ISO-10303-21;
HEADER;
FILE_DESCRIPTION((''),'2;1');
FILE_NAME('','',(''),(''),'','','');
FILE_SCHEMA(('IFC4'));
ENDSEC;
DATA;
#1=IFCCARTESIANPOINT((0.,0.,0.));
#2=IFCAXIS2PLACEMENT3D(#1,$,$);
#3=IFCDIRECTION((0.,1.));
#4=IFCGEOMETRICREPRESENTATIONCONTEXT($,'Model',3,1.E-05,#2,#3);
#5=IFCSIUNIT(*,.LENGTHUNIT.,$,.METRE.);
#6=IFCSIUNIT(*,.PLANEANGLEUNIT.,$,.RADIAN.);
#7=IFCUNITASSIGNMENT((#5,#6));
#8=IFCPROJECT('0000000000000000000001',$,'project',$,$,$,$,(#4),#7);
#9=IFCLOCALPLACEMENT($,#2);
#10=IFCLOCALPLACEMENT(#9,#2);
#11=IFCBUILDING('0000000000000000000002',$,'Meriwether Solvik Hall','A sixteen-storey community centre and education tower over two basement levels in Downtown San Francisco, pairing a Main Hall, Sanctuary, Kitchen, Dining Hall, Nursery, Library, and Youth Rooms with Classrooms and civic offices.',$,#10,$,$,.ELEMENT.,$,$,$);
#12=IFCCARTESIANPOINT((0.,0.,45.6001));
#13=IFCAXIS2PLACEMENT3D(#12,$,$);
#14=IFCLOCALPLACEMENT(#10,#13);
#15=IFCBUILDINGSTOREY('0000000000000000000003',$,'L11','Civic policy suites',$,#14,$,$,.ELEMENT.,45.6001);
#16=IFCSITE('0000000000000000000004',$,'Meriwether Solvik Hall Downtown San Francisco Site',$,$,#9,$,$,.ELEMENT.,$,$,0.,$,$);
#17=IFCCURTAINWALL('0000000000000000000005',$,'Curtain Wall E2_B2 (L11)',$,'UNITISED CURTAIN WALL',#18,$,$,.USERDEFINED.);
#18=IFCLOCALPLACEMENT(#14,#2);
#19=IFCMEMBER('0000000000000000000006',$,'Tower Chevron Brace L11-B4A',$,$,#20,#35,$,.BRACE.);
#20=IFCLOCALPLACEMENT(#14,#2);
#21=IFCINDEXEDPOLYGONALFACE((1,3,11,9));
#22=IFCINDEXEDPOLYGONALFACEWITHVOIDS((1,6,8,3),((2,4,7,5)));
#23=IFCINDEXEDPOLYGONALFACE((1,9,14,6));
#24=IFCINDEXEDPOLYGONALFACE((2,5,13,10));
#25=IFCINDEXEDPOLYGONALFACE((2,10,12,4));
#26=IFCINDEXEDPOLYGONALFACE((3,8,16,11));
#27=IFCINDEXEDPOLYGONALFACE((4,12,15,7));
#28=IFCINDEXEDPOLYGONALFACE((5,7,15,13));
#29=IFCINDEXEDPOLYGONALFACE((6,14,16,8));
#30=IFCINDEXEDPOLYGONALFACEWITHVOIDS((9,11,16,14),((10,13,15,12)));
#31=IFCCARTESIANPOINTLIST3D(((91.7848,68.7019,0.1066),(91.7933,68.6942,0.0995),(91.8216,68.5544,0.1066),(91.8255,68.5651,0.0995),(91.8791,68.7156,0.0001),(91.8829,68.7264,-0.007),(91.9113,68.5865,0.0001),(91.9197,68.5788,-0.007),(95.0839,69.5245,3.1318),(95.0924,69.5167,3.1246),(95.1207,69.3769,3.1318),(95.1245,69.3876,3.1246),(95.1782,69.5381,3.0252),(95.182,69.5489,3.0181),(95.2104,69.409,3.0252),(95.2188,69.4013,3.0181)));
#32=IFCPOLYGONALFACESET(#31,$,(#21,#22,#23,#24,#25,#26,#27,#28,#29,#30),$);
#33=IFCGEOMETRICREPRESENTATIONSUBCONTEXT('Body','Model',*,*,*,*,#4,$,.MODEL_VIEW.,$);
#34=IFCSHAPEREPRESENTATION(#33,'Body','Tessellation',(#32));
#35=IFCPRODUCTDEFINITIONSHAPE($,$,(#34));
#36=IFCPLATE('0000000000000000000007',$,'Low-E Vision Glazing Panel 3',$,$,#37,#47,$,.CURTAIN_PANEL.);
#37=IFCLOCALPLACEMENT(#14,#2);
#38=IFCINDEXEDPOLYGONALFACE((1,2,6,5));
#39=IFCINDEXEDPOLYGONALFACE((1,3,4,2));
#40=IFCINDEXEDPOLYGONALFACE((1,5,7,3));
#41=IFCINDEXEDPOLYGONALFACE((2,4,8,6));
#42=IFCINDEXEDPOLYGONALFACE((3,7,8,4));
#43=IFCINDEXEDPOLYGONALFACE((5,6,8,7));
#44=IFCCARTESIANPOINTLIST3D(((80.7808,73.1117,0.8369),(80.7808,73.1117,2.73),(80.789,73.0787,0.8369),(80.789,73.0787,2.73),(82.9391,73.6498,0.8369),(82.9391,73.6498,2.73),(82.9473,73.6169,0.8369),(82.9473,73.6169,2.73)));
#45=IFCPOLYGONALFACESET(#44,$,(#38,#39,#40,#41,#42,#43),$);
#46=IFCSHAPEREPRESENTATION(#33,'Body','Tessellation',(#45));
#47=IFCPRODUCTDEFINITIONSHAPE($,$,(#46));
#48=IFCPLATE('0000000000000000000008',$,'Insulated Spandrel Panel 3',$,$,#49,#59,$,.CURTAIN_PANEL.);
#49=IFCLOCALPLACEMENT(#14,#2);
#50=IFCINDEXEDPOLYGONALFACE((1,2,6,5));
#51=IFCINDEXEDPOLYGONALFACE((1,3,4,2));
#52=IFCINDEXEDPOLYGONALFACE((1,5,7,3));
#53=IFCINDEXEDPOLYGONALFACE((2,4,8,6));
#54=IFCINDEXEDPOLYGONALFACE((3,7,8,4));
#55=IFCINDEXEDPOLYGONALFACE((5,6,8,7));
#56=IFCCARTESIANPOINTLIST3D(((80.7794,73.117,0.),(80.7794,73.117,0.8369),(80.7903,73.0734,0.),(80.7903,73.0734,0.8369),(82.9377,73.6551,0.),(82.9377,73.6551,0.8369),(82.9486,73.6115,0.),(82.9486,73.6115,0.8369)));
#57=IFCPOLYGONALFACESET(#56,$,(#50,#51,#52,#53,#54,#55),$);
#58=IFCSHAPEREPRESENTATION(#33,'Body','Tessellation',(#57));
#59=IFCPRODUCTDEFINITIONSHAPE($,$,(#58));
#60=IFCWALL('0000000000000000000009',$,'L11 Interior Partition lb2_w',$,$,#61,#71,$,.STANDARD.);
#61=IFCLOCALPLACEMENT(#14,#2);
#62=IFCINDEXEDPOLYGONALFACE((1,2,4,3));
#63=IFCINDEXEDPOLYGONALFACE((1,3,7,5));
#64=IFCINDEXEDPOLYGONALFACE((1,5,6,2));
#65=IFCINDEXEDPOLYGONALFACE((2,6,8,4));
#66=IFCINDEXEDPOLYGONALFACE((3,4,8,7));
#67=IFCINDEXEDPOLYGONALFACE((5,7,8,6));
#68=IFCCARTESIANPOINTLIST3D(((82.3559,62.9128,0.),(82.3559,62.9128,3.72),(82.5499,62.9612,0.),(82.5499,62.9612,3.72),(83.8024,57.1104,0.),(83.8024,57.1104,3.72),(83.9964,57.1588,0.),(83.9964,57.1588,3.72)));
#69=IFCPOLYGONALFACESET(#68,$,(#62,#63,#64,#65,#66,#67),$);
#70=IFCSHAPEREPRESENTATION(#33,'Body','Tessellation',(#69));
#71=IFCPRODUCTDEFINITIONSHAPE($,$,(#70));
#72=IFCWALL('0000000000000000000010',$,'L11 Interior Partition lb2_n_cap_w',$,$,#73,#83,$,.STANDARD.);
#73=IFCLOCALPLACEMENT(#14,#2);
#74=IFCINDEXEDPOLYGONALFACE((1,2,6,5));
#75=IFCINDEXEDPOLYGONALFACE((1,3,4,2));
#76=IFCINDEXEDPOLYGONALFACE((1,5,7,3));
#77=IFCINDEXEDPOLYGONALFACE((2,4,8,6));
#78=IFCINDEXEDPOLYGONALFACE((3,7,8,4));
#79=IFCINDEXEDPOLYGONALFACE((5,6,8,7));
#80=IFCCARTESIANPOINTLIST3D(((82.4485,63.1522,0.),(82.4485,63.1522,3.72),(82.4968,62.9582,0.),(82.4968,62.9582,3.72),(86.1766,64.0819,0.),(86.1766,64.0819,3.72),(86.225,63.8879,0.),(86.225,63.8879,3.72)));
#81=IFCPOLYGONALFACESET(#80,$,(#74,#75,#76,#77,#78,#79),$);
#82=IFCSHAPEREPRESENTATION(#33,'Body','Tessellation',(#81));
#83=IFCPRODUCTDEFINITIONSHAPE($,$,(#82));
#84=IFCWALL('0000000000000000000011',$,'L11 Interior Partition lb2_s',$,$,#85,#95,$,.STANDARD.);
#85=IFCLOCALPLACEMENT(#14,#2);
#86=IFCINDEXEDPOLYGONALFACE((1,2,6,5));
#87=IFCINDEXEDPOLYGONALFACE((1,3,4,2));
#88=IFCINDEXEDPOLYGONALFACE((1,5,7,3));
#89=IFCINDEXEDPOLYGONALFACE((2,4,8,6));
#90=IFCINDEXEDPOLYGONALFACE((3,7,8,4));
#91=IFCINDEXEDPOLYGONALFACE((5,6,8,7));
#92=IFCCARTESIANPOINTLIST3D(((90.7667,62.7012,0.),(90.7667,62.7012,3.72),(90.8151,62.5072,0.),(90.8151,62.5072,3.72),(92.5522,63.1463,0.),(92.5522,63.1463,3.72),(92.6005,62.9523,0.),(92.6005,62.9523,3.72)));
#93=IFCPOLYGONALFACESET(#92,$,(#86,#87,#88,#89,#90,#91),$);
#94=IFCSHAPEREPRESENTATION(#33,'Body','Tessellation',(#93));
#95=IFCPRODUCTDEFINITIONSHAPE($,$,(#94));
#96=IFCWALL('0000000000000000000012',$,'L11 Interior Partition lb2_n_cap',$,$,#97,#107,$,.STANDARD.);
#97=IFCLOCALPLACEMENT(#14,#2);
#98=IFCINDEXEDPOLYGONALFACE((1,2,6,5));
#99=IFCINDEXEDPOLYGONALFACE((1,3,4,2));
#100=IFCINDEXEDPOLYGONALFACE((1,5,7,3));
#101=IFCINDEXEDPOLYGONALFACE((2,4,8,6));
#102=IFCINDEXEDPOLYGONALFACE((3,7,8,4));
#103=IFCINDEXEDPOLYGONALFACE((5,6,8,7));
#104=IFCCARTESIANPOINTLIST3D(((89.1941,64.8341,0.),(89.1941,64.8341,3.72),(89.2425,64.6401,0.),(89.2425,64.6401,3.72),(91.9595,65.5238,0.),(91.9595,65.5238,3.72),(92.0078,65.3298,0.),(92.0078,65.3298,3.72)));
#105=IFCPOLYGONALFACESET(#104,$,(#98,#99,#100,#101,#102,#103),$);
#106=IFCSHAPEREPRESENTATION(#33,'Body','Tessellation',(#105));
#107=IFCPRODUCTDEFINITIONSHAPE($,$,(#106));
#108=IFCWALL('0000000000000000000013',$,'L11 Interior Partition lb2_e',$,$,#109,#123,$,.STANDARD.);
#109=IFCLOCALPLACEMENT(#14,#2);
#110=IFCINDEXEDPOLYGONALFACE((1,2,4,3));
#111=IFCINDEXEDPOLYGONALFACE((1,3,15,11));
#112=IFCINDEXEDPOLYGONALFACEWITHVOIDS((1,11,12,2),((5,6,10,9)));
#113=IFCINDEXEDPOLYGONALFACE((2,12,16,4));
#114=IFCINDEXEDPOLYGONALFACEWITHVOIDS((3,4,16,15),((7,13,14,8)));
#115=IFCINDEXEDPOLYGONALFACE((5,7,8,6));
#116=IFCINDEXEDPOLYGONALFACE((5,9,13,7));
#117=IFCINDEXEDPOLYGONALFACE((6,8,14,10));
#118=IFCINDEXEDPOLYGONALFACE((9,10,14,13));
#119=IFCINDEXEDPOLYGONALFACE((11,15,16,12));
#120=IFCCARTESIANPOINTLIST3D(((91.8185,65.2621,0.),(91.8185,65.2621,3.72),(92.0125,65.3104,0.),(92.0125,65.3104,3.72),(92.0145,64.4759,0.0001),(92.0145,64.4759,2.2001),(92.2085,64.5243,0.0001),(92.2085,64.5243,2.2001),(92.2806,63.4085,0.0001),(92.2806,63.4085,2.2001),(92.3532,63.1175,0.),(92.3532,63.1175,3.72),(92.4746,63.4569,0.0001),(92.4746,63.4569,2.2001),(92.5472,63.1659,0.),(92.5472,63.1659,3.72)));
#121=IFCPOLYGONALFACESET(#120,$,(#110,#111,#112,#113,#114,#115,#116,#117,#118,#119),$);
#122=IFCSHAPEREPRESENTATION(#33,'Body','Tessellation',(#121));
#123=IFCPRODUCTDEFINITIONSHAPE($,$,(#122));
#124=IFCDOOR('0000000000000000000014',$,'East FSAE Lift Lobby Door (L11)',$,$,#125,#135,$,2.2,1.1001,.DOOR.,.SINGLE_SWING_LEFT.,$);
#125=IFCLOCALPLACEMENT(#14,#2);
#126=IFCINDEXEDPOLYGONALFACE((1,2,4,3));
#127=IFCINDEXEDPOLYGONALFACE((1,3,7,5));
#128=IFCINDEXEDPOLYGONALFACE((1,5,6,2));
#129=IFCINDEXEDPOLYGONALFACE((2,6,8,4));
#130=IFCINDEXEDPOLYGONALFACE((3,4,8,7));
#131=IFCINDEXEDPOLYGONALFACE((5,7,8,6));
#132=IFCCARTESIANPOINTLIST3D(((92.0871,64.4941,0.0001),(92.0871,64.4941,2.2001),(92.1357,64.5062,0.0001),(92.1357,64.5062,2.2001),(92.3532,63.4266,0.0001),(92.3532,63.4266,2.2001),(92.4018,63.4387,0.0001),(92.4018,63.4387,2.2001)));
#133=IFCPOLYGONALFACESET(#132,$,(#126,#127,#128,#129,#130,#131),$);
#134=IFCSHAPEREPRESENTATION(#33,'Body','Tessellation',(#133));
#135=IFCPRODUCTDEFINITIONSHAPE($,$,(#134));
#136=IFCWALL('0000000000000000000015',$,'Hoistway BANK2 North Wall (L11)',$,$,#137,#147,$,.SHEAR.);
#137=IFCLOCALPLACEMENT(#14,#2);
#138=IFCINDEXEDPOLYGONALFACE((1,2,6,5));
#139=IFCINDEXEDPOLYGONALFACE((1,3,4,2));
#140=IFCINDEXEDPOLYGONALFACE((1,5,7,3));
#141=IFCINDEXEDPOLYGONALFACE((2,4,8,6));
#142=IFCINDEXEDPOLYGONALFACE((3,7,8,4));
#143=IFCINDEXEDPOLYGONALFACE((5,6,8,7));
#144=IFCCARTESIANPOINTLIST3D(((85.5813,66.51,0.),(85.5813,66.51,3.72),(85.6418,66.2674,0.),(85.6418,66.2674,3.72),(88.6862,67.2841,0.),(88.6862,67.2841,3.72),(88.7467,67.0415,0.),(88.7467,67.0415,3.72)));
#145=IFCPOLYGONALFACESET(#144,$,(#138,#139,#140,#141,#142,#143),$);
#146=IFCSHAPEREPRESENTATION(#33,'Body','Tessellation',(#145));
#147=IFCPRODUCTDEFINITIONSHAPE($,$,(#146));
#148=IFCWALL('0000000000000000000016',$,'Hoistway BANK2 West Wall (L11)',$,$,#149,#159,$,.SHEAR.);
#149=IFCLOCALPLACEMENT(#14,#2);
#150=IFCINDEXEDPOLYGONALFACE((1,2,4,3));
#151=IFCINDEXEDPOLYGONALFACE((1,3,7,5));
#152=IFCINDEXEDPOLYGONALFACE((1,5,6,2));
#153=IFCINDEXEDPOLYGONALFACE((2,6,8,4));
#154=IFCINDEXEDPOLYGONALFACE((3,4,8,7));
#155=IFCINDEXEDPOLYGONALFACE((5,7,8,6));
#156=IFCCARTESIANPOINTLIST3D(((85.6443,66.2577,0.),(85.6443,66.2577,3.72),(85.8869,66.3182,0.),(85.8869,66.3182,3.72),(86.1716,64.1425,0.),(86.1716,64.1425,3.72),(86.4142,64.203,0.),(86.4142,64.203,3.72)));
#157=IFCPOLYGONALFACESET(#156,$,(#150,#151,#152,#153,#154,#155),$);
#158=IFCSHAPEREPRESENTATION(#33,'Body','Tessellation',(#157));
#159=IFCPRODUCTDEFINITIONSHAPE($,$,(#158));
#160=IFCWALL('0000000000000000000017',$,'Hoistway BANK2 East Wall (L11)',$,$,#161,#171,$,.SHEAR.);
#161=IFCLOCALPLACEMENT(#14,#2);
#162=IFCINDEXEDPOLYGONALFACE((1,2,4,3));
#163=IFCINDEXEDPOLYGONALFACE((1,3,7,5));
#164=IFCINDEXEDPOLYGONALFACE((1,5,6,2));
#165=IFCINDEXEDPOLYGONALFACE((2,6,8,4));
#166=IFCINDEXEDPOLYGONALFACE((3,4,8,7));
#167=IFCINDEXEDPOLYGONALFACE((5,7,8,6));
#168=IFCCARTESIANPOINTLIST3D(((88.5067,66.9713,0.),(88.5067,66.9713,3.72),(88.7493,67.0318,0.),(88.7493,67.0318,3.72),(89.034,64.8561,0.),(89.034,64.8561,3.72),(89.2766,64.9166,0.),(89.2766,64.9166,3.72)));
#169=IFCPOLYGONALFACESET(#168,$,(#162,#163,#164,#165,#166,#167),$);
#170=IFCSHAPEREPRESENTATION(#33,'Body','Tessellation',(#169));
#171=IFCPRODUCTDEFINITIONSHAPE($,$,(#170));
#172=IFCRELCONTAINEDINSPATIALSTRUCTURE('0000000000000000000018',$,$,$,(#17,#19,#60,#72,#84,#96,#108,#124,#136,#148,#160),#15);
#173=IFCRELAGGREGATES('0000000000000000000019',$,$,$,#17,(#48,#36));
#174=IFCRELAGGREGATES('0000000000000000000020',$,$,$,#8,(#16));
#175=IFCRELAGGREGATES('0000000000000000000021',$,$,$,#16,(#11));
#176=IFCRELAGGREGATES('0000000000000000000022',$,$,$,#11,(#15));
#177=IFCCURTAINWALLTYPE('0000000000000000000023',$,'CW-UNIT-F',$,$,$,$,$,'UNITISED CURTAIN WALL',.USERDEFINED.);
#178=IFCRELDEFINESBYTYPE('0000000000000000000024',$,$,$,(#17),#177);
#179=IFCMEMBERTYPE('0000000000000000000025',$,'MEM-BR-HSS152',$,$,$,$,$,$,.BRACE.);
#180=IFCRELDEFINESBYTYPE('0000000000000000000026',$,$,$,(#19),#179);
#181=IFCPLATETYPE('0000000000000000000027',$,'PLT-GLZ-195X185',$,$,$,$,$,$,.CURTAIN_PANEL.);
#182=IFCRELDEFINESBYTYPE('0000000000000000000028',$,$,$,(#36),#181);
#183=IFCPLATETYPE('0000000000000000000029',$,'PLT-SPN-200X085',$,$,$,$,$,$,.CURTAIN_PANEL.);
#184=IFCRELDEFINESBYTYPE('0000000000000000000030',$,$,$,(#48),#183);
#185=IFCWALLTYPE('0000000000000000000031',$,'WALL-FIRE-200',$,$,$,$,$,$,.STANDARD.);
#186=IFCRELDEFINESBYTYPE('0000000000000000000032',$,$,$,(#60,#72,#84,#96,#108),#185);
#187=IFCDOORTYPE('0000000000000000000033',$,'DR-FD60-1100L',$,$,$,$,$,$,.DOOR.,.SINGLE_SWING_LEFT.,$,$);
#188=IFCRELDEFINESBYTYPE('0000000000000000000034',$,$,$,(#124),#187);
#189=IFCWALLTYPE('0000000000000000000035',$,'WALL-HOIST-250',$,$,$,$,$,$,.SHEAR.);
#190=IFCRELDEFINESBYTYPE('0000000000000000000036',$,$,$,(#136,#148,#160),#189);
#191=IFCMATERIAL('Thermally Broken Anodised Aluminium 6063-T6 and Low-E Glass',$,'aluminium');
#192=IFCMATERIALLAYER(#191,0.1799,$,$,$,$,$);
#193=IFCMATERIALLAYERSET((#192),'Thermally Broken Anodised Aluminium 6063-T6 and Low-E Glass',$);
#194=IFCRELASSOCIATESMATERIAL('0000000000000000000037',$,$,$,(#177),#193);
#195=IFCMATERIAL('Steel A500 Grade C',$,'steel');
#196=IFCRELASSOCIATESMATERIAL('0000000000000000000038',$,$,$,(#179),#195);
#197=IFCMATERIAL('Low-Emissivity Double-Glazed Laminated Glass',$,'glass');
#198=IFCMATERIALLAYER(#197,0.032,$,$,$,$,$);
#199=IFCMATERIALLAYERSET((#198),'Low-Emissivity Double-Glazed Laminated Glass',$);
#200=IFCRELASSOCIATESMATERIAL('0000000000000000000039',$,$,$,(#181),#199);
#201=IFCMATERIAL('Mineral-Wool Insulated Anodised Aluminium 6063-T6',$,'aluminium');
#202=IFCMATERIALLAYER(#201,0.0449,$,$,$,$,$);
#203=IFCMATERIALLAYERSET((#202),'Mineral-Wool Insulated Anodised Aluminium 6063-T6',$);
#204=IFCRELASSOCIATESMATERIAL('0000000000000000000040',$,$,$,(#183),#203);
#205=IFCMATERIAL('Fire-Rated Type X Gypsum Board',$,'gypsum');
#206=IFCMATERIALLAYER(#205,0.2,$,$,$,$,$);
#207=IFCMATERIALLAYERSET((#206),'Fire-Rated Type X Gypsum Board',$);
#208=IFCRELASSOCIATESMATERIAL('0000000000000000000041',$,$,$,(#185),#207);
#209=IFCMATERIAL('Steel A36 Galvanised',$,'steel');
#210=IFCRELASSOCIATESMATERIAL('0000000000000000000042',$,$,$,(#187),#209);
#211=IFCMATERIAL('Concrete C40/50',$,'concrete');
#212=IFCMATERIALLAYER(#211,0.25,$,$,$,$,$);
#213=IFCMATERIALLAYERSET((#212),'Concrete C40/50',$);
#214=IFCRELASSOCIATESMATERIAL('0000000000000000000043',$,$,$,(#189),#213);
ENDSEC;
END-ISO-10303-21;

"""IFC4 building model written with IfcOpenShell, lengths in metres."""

from ifc_helpers import new_model, si_unit, direction, frame, frame_2d, origin, origin_2d, place, context, subcontext, project, spatial, rectangle, hollow_rectangle, extrude, material, layer, layer_set, material_profile, profile_set, type_object, element, fill, aggregate, save


model = new_model("IFC4")

# Units and contexts
model_context = context("Model", 3, precision=1e-05, world=origin(), true_north=direction((0.0, 1.0)))
body_context = subcontext(model_context, "Body", "Model", "MODEL_VIEW")
ifc_project = project(units=[si_unit("LENGTHUNIT", "METRE"), si_unit("PLANEANGLEUNIT", "RADIAN")], contexts=[model_context])

# Site, building, storey
site_placement = place(None, origin())
site = spatial("IfcSite", under=ifc_project, at=site_placement, Name="Meriwether Solvik Hall Downtown San Francisco Site", CompositionType="ELEMENT", RefElevation=0.0)
building_placement = place(site_placement, origin())
building = spatial("IfcBuilding", under=site, at=building_placement, Name="Meriwether Solvik Hall", Description="A sixteen-storey community centre and education tower over two basement levels in Downtown San Francisco, pairing a Main Hall, Sanctuary, Kitchen, Dining Hall, Nursery, Library, and Youth Rooms with Classrooms and civic offices.", CompositionType="ELEMENT")
storey_placement = place(building_placement, frame((0.0, 0.0, 45.6001)))
storey = spatial("IfcBuildingStorey", under=building, at=storey_placement, Name="L11", Description="Civic policy suites", CompositionType="ELEMENT", Elevation=45.6001)

# Curtain wall
ifc_material_1 = material(Name="Thermally Broken Anodised Aluminium 6063-T6 and Low-E Glass", Category="aluminium")
ifc_layer_1 = layer(ifc_material_1, 0.1799)
ifc_layer_set_1 = layer_set([ifc_layer_1], Name="Thermally Broken Anodised Aluminium 6063-T6 and Low-E Glass")
curtain_wall_type = type_object("IfcCurtainWallType", Name="CW-UNIT-F", ElementType="UNITISED CURTAIN WALL", PredefinedType="USERDEFINED", material=ifc_layer_set_1)
curtain_wall_placement = place(storey_placement, origin())
curtain_wall = element("IfcCurtainWall", 1, at=curtain_wall_placement, inside=storey, type_object=curtain_wall_type, Name="Curtain Wall E2_B2 (L11)", ObjectType="UNITISED CURTAIN WALL", PredefinedType="USERDEFINED")

# Member
ifc_material_2 = material(Name="Steel A500 Grade C", Category="steel")
ifc_material_profile_1 = material_profile(ifc_material_2, hollow_rectangle(XDim=0.1521, YDim=0.1521, WallThickness=0.0095, at=origin_2d()), Name="HSS152X152X9.5")
ifc_profile_set_1 = profile_set([ifc_material_profile_1], Name="Steel A500 Grade C")
member_type_1 = type_object("IfcMemberType", Name="MEM-BR-HSS152", PredefinedType="BRACE", material=ifc_profile_set_1)
member_1_placement = place(storey_placement, frame((91.8523, 68.6404, 0.0498), z_axis=(0.724906, 0.18073, 0.664716), x_axis=(-0.24191, 0.970299, 0.0)))
element("IfcMember", 2, at=member_1_placement, inside=storey, type_object=member_type_1, Name="Tower Chevron Brace L11-B4A", PredefinedType="BRACE", context=body_context, shape_type="SweptSolid", body=[
    extrude(hollow_rectangle(XDim=0.1521, YDim=0.1521, WallThickness=0.0095, at=origin_2d()), origin(), (0.0, 0.0, 1.0), 4.551),
])

# Plates
ifc_material_3 = material(Name="Low-Emissivity Double-Glazed Laminated Glass", Category="glass")
ifc_layer_2 = layer(ifc_material_3, 0.032)
ifc_layer_set_2 = layer_set([ifc_layer_2], Name="Low-Emissivity Double-Glazed Laminated Glass")
plate_type_1 = type_object("IfcPlateType", Name="PLT-GLZ-195X185", PredefinedType="CURTAIN_PANEL", material=ifc_layer_set_2)
plate_1_placement = place(storey_placement, frame((81.864, 73.3643, 0.8369), z_axis=(0.0, 0.0, 1.0), x_axis=(0.970296, 0.241922, 0.0)))
plate_1 = element("IfcPlate", 3, at=plate_1_placement, type_object=plate_type_1, Name="Low-E Vision Glazing Panel 3", PredefinedType="CURTAIN_PANEL", context=body_context, shape_type="SweptSolid", body=[
    extrude(rectangle(XDim=2.2244, YDim=0.0339, at=origin_2d()), origin(), (0.0, 0.0, 1.0), 1.8931),
])
ifc_material_4 = material(Name="Mineral-Wool Insulated Anodised Aluminium 6063-T6", Category="aluminium")
ifc_layer_3 = layer(ifc_material_4, 0.0449)
ifc_layer_set_3 = layer_set([ifc_layer_3], Name="Mineral-Wool Insulated Anodised Aluminium 6063-T6")
plate_type_2 = type_object("IfcPlateType", Name="PLT-SPN-200X085", PredefinedType="CURTAIN_PANEL", material=ifc_layer_set_3)
plate_2_placement = place(storey_placement, frame((81.864, 73.3643, 0.0), z_axis=(0.0, 0.0, 1.0), x_axis=(0.970296, 0.241922, 0.0)))
plate_2 = element("IfcPlate", 4, at=plate_2_placement, type_object=plate_type_2, Name="Insulated Spandrel Panel 3", PredefinedType="CURTAIN_PANEL", context=body_context, shape_type="SweptSolid", body=[
    extrude(rectangle(XDim=2.2244, YDim=0.0449, at=origin_2d()), origin(), (0.0, 0.0, 1.0), 0.8369),
])
aggregate(curtain_wall, [plate_2, plate_1])

# Walls
ifc_material_5 = material(Name="Fire-Rated Type X Gypsum Board", Category="gypsum")
ifc_layer_4 = layer(ifc_material_5, 0.2)
ifc_layer_set_4 = layer_set([ifc_layer_4], Name="Fire-Rated Type X Gypsum Board")
wall_type_1 = type_object("IfcWallType", Name="WALL-FIRE-200", PredefinedType="STANDARD", material=ifc_layer_set_4)
wall_1_placement = place(storey_placement, frame((82.4529, 62.937, 0.0), z_axis=(0.0, 0.0, 1.0), x_axis=(0.241892, -0.970303, 0.0)))
element("IfcWall", 5, at=wall_1_placement, inside=storey, type_object=wall_type_1, Name="L11 Interior Partition lb2_w", PredefinedType="STANDARD", context=body_context, shape_type="SweptSolid", body=[
    extrude(rectangle(XDim=5.98, YDim=0.2, at=frame_2d((2.99, 0.0))), origin(), (0.0, 0.0, 1.0), 3.72),
])
wall_2_placement = place(storey_placement, frame((82.4727, 63.0552, 0.0), z_axis=(0.0, 0.0, 1.0), x_axis=(0.970284, 0.241967, 0.0)))
element("IfcWall", 6, at=wall_2_placement, inside=storey, type_object=wall_type_1, Name="L11 Interior Partition lb2_n_cap_w", PredefinedType="STANDARD", context=body_context, shape_type="SweptSolid", body=[
    extrude(rectangle(XDim=3.8423, YDim=0.2, at=frame_2d((1.9211, 0.0))), origin(), (0.0, 0.0, 1.0), 3.72),
])
wall_3_placement = place(storey_placement, frame((90.791, 62.6042, 0.0), z_axis=(0.0, 0.0, 1.0), x_axis=(0.970306, 0.24188, 0.0)))
element("IfcWall", 7, at=wall_3_placement, inside=storey, type_object=wall_type_1, Name="L11 Interior Partition lb2_s", PredefinedType="STANDARD", context=body_context, shape_type="SweptSolid", body=[
    extrude(rectangle(XDim=1.8401, YDim=0.2, at=frame_2d((0.9199, 0.0))), origin(), (0.0, 0.0, 1.0), 3.72),
])
wall_4_placement = place(storey_placement, frame((89.2183, 64.7371, 0.0), z_axis=(0.0, 0.0, 1.0), x_axis=(0.970278, 0.241991, 0.0)))
element("IfcWall", 8, at=wall_4_placement, inside=storey, type_object=wall_type_1, Name="L11 Interior Partition lb2_n_cap", PredefinedType="STANDARD", context=body_context, shape_type="SweptSolid", body=[
    extrude(rectangle(XDim=2.8501, YDim=0.2, at=frame_2d((1.425, 0.0))), origin(), (0.0, 0.0, 1.0), 3.72),
])

# Wall, opening, door
wall_5_placement = place(storey_placement, frame((91.9155, 65.2861, 0.0), z_axis=(0.0, 0.0, 1.0), x_axis=(0.241912, -0.970298, 0.0)))
wall_5 = element("IfcWall", 9, at=wall_5_placement, inside=storey, type_object=wall_type_1, Name="L11 Interior Partition lb2_e", PredefinedType="STANDARD", context=body_context, shape_type="SweptSolid", body=[
    extrude(rectangle(XDim=2.2102, YDim=0.2, at=frame_2d((1.105, 0.0))), origin(), (0.0, 0.0, 1.0), 3.72),
])
opening_1_placement = place(wall_5_placement, frame((0.8101, 0.0, 0.0)))
opening_1 = element("IfcOpeningElement", 10, at=opening_1_placement, cuts=wall_5, PredefinedType="OPENING", context=body_context, shape_type="SweptSolid", body=[
    extrude(rectangle(XDim=1.1001, YDim=2.2, at=frame_2d((0.55, 1.1001))), frame((0.0, 0.1118, 0.0), z_axis=(0.0, -1.0, 0.0), x_axis=(1.0, 0.0, 0.0)), (0.0, 0.0, 1.0), 0.2239),
])
ifc_material_6 = material(Name="Steel A36 Galvanised", Category="steel")
door_type_1 = type_object("IfcDoorType", Name="DR-FD60-1100L", OperationType="SINGLE_SWING_LEFT", PredefinedType="DOOR", material=ifc_material_6)
door_1_placement = place(opening_1_placement, origin())
door_1 = element("IfcDoor", 11, at=door_1_placement, inside=storey, type_object=door_type_1, Name="East FSAE Lift Lobby Door (L11)", OperationType="SINGLE_SWING_LEFT", OverallHeight=2.2, OverallWidth=1.1001, PredefinedType="DOOR", context=body_context, shape_type="SweptSolid", body=[
    extrude(rectangle(XDim=1.1001, YDim=2.2, at=frame_2d((0.55, 1.1001))), frame((0.0, 0.0249, 0.0), z_axis=(0.0, -1.0, 0.0), x_axis=(1.0, 0.0, 0.0)), (0.0, 0.0, 1.0), 0.05),
])
fill(opening_1, door_1)

# Walls
ifc_material_7 = material(Name="Concrete C40/50", Category="concrete")
ifc_layer_5 = layer(ifc_material_7, 0.25)
ifc_layer_set_5 = layer_set([ifc_layer_5], Name="Concrete C40/50")
wall_type_2 = type_object("IfcWallType", Name="WALL-HOIST-250", PredefinedType="SHEAR", material=ifc_layer_set_5)
wall_6_placement = place(storey_placement, frame((88.7166, 67.1628, 0.0), z_axis=(0.0, 0.0, 1.0), x_axis=(-0.970295, -0.241925, 0.0)))
element("IfcWall", 12, at=wall_6_placement, inside=storey, type_object=wall_type_2, Name="Hoistway BANK2 North Wall (L11)", PredefinedType="SHEAR", context=body_context, shape_type="SweptSolid", body=[
    extrude(rectangle(XDim=3.2, YDim=0.25, at=frame_2d((1.6001, 0.0))), origin(), (0.0, 0.0, 1.0), 3.72),
])
for number, where, z_axis, x_axis, name in (
    (13, (85.7656, 66.2878, 0.0), (0.0, 0.0, 1.0), (0.241903, -0.9703, 0.0), "Hoistway BANK2 West Wall (L11)"),
    (14, (89.1553, 64.8865, 0.0), (0.0, 0.0, 1.0), (-0.241903, 0.9703, 0.0), "Hoistway BANK2 East Wall (L11)"),
):
    element("IfcWall", number, at=place(storey_placement, frame(where, z_axis=z_axis, x_axis=x_axis)), inside=storey, type_object=wall_type_2, Name=name, PredefinedType="SHEAR", context=body_context, shape_type="SweptSolid", body=[
        extrude(rectangle(XDim=2.1799, YDim=0.25, at=frame_2d((1.0898, 0.0))), origin(), (0.0, 0.0, 1.0), 3.72),
    ])

save(model, "model.ifc")
